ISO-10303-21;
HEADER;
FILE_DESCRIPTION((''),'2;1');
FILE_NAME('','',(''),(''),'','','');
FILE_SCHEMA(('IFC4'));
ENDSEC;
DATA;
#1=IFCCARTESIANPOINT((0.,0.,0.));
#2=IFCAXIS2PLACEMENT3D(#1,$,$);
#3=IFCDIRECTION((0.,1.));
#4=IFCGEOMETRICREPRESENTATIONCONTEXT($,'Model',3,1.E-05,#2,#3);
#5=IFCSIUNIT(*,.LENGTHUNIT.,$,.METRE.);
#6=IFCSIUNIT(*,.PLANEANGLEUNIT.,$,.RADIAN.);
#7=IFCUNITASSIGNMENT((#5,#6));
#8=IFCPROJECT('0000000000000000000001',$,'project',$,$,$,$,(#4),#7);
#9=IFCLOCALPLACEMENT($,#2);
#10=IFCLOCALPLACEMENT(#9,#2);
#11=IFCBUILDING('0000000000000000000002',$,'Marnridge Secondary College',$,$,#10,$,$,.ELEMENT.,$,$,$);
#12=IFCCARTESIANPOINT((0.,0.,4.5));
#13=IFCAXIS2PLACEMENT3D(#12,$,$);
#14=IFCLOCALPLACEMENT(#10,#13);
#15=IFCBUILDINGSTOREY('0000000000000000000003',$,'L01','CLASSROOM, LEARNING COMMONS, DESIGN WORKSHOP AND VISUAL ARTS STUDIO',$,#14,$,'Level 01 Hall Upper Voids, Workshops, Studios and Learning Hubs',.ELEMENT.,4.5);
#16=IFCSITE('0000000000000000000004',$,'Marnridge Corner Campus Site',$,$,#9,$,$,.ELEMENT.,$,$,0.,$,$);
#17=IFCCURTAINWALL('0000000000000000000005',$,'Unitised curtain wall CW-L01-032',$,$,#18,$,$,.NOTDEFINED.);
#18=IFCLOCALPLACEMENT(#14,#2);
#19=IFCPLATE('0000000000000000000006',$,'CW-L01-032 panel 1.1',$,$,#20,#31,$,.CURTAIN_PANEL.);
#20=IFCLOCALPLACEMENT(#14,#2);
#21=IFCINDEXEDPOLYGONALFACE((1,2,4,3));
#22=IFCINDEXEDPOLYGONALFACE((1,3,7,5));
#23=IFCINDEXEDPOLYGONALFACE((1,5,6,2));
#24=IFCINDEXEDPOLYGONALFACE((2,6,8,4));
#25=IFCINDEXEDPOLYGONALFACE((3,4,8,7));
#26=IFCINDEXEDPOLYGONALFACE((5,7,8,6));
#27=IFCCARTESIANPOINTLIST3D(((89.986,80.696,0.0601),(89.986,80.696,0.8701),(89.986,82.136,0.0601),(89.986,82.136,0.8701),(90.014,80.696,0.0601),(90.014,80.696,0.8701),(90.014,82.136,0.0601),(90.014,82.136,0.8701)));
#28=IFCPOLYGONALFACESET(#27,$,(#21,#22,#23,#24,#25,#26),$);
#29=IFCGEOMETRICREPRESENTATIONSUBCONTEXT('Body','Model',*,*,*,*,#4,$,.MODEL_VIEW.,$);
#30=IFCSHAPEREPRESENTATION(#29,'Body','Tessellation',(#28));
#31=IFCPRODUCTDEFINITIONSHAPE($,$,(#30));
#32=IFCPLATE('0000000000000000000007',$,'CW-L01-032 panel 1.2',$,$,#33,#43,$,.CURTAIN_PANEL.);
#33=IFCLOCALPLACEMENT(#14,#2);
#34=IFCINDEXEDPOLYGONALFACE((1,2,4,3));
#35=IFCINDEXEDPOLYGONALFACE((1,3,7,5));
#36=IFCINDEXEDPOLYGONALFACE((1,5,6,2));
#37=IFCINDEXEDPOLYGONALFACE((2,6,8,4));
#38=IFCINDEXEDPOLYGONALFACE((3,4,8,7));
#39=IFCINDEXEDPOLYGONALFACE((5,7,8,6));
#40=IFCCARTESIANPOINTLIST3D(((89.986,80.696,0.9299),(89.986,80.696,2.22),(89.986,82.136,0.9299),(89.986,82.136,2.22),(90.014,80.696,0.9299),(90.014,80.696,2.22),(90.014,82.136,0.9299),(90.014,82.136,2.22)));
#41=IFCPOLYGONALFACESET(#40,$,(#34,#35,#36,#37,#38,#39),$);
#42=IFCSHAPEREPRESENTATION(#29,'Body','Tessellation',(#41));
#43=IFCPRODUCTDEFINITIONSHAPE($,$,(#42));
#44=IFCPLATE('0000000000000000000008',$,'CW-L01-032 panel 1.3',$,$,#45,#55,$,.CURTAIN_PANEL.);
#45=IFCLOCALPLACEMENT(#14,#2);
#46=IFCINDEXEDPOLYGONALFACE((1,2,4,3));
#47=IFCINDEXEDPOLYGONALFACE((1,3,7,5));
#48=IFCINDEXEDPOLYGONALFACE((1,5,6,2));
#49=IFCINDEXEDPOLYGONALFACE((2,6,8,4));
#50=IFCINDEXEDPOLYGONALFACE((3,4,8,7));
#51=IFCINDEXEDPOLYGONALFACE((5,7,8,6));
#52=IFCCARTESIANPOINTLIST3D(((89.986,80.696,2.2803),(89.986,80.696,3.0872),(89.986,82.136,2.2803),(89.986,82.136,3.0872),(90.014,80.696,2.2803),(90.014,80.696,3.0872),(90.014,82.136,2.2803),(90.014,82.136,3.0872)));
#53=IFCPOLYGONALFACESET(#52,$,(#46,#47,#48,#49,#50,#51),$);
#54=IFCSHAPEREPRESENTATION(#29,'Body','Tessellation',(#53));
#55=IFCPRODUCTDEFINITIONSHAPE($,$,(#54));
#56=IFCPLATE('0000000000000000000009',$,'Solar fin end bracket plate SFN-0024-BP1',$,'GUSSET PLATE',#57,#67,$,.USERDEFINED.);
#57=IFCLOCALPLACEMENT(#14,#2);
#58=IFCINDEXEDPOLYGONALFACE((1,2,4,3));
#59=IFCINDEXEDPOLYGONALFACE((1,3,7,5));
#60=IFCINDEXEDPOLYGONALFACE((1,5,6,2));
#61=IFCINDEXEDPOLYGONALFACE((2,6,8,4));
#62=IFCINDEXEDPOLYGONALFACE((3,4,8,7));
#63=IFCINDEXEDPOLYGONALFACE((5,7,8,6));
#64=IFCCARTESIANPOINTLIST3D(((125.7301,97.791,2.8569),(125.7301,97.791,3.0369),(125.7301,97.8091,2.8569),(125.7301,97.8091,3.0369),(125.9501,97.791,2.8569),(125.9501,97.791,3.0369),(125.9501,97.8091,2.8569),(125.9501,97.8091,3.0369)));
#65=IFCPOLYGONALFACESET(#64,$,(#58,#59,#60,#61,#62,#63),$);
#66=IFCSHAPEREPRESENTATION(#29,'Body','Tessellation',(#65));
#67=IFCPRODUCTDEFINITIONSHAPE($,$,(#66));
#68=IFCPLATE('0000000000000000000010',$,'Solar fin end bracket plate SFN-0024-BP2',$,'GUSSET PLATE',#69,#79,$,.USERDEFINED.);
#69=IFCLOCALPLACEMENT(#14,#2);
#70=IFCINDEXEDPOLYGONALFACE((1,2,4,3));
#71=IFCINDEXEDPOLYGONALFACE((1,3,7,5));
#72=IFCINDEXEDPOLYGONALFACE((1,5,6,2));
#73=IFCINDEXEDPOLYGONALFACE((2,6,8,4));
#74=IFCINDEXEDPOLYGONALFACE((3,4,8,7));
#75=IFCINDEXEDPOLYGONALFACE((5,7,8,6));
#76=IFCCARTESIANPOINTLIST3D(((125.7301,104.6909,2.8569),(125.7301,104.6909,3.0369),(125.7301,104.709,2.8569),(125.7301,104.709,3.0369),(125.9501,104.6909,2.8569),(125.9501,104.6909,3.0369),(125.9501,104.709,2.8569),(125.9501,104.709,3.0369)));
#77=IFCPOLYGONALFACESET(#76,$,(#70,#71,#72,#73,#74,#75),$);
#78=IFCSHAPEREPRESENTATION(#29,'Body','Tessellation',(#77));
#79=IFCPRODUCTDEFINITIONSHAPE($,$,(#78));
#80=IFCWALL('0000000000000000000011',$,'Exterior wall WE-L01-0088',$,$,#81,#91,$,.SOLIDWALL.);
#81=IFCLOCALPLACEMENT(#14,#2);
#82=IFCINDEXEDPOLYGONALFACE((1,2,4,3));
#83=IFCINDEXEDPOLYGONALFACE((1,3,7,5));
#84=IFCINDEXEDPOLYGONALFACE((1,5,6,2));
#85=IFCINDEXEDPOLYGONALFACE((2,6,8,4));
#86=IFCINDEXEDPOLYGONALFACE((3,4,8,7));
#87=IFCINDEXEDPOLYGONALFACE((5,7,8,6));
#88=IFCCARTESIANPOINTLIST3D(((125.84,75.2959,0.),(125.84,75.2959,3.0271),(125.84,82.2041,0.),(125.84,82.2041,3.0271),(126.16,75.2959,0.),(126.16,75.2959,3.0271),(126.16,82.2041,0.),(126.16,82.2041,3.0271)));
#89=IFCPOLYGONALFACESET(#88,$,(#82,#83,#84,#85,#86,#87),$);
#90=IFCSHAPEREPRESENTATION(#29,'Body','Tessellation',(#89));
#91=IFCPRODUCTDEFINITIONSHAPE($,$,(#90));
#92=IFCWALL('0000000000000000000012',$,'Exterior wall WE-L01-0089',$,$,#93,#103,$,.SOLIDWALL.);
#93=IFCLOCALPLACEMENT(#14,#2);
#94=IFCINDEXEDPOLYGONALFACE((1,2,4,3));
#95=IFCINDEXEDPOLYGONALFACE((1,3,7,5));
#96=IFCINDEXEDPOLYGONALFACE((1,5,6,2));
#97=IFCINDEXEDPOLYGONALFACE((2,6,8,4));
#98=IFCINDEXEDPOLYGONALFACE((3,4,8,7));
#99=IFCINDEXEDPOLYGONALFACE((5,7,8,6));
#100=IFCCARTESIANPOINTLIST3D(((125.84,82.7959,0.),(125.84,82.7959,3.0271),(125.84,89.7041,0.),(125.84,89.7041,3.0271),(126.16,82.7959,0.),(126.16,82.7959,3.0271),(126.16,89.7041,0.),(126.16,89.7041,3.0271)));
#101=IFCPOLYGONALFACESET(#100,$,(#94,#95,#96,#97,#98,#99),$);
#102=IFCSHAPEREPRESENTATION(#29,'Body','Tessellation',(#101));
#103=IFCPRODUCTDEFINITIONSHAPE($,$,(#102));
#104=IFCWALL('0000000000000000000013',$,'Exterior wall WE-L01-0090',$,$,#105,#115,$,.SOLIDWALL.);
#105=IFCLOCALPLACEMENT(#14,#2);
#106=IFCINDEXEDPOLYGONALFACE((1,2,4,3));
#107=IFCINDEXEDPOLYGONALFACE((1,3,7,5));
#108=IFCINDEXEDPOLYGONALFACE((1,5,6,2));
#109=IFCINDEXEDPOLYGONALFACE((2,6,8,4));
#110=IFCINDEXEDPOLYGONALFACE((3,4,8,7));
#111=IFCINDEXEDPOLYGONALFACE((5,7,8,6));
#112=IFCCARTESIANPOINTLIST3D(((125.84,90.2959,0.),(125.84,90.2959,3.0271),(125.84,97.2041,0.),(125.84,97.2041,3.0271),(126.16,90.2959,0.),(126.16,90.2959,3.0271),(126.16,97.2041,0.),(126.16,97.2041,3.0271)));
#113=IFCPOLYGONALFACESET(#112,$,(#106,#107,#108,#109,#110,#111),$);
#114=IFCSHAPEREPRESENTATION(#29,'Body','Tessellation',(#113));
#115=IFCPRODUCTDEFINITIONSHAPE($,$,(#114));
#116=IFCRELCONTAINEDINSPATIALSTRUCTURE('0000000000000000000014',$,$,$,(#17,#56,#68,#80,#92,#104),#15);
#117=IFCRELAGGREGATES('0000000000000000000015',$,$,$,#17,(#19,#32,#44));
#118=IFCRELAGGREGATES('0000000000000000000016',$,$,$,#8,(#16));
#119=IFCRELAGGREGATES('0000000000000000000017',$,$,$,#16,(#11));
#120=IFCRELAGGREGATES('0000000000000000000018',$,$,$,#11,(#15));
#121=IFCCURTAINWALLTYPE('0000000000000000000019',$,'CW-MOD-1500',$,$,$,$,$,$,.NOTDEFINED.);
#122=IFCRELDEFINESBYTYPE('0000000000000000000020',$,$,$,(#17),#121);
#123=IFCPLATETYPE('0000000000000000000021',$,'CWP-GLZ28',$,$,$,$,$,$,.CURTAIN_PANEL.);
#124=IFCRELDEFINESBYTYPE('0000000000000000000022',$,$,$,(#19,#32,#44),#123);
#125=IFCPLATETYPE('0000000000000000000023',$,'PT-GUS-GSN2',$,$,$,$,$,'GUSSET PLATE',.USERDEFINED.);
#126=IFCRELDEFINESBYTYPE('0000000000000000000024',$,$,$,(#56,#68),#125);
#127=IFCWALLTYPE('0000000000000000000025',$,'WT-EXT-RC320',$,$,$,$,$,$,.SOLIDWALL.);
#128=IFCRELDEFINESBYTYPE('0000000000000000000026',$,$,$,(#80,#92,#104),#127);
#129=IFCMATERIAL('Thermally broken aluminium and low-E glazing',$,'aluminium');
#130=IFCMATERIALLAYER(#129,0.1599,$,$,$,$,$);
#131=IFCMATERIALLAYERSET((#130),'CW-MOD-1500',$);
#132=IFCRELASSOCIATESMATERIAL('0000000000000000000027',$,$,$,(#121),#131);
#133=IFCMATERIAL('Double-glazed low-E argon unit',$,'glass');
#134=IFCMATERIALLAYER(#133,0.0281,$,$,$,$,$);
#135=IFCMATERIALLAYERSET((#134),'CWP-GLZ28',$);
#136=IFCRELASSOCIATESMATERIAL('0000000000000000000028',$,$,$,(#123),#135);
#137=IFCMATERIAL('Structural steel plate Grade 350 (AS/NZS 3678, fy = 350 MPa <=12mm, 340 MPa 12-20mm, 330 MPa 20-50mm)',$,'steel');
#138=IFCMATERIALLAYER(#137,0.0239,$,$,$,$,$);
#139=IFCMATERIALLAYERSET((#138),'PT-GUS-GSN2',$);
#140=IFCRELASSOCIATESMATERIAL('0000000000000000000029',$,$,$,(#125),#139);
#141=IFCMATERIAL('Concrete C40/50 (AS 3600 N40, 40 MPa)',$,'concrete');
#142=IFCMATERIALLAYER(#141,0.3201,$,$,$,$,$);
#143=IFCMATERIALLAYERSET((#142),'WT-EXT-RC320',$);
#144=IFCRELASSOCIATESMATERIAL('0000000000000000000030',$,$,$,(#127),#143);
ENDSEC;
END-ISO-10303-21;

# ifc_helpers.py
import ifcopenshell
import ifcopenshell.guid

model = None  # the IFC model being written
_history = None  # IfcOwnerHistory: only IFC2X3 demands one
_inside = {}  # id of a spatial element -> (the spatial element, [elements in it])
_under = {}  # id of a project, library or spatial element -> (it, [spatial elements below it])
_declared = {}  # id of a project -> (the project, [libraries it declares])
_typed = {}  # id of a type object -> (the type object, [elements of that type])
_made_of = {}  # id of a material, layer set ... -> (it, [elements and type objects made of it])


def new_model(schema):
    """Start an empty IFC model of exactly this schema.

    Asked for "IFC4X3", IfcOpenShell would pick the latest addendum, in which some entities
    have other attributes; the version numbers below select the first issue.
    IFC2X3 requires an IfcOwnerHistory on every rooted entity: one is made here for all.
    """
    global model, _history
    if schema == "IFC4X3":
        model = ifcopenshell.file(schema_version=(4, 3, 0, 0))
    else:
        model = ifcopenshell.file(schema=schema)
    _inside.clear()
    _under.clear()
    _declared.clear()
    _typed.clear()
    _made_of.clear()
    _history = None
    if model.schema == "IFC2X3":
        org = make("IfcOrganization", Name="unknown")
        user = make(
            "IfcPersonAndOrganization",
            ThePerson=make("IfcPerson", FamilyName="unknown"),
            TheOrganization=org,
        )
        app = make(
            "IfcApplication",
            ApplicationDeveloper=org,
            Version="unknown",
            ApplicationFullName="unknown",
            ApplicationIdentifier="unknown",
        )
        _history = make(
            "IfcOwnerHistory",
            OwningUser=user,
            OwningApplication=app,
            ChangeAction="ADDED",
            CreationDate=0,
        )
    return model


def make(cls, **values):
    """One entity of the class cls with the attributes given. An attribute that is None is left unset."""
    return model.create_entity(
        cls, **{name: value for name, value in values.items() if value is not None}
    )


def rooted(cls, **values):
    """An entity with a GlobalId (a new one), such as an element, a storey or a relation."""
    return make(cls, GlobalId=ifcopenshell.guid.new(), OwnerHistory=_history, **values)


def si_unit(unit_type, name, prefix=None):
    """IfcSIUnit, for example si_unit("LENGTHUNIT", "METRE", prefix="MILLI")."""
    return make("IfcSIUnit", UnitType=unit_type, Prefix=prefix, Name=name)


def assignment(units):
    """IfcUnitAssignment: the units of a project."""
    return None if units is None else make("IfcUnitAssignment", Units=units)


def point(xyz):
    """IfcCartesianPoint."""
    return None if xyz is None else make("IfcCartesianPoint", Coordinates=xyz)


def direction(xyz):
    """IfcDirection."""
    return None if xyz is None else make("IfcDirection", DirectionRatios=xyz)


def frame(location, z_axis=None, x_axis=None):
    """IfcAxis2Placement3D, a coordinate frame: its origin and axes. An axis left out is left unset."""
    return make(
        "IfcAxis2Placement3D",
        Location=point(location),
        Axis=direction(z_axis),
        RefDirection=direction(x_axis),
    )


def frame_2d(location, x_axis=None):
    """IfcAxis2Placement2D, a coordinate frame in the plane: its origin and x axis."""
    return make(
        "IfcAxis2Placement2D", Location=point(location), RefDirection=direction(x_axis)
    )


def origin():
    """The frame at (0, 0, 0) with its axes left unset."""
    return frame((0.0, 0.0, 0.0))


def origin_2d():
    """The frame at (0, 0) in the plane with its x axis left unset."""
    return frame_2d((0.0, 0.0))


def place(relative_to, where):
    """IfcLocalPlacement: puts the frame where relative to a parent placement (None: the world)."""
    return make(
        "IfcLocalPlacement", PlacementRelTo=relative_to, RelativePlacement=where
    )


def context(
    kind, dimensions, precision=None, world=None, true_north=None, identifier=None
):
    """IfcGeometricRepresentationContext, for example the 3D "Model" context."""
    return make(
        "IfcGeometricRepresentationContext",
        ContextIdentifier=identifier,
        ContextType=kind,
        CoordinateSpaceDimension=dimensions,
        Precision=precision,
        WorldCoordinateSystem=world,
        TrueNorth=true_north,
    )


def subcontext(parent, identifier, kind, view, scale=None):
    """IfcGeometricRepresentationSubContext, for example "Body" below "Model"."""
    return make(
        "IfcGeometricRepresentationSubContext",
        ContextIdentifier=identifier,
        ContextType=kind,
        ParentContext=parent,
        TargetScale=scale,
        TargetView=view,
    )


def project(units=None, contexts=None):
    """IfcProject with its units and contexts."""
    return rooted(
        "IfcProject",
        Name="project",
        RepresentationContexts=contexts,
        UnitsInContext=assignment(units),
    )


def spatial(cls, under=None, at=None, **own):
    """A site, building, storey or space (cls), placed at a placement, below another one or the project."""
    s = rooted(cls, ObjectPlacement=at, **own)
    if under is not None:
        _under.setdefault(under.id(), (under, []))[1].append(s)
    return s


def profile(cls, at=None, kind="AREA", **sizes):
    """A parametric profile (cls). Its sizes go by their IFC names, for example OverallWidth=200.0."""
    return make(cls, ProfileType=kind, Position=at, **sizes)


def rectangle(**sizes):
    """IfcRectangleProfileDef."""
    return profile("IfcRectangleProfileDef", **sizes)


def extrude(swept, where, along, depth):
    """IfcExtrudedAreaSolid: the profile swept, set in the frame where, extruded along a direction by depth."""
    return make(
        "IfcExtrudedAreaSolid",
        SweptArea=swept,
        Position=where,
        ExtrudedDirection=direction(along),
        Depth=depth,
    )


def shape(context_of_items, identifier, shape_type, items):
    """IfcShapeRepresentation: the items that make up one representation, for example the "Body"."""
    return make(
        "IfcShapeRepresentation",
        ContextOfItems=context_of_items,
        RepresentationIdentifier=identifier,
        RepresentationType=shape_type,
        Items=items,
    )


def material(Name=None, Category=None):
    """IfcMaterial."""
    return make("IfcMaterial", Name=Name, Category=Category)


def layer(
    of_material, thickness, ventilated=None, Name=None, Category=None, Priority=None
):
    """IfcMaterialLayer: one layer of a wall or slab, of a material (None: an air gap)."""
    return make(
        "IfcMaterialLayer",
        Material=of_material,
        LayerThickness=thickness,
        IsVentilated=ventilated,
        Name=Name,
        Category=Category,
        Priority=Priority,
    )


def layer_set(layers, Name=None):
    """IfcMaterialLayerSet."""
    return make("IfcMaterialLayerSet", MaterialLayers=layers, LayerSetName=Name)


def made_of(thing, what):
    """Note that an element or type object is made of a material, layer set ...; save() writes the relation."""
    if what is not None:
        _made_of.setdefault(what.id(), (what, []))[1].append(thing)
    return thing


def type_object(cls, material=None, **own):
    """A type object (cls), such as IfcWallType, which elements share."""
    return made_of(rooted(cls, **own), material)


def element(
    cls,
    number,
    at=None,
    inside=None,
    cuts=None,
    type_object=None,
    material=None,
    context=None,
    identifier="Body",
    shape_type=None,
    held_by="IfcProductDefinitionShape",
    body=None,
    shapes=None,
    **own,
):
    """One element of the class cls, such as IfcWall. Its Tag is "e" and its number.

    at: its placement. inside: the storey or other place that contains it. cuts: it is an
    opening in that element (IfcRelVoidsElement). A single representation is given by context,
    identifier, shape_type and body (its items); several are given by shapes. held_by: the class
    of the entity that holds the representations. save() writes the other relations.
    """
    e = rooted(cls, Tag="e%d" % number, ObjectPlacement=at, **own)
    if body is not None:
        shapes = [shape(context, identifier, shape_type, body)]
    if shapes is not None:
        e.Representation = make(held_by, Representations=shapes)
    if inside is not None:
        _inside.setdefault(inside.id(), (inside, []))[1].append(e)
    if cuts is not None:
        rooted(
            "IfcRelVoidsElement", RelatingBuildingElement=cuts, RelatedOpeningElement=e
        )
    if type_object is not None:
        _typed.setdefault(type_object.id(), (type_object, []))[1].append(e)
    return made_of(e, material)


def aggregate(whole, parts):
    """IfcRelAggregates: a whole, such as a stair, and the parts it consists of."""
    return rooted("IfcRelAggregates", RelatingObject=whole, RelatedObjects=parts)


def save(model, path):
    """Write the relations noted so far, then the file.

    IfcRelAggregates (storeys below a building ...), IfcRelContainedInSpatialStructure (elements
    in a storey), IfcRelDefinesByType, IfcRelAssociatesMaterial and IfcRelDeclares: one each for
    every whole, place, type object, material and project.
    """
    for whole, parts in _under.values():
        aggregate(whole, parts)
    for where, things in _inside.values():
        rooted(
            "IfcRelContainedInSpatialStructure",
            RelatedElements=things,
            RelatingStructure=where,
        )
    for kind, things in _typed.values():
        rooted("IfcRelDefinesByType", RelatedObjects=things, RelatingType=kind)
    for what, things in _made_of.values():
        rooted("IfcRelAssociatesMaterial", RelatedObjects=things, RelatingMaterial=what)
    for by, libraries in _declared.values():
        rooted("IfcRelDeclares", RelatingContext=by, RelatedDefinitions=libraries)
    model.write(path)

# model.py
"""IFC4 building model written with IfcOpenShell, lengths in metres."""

from ifc_helpers import new_model, si_unit, direction, frame, frame_2d, origin, origin_2d, place, context, subcontext, project, spatial, rectangle, extrude, material, layer, layer_set, type_object, element, aggregate, save


model = new_model("IFC4")

# Units and contexts
model_context = context("Model", 3, precision=1e-05, world=origin(), true_north=direction((0.0, 1.0)))
body_context = subcontext(model_context, "Body", "Model", "MODEL_VIEW")
ifc_project = project(units=[si_unit("LENGTHUNIT", "METRE"), si_unit("PLANEANGLEUNIT", "RADIAN")], contexts=[model_context])

# Site, building, storey
site_placement = place(None, origin())
site = spatial("IfcSite", under=ifc_project, at=site_placement, Name="Marnridge Corner Campus Site", CompositionType="ELEMENT", RefElevation=0.0)
building_placement = place(site_placement, origin())
building = spatial("IfcBuilding", under=site, at=building_placement, Name="Marnridge Secondary College", CompositionType="ELEMENT")
storey_placement = place(building_placement, frame((0.0, 0.0, 4.5)))
storey = spatial("IfcBuildingStorey", under=building, at=storey_placement, Name="L01", Description="CLASSROOM, LEARNING COMMONS, DESIGN WORKSHOP AND VISUAL ARTS STUDIO", LongName="Level 01 Hall Upper Voids, Workshops, Studios and Learning Hubs", CompositionType="ELEMENT", Elevation=4.5)

# Curtain wall
ifc_material_1 = material(Name="Thermally broken aluminium and low-E glazing", Category="aluminium")
ifc_layer_1 = layer(ifc_material_1, 0.1599)
ifc_layer_set_1 = layer_set([ifc_layer_1], Name="CW-MOD-1500")
curtain_wall_type = type_object("IfcCurtainWallType", Name="CW-MOD-1500", PredefinedType="NOTDEFINED", material=ifc_layer_set_1)
curtain_wall_placement = place(storey_placement, origin())
curtain_wall = element("IfcCurtainWall", 1, at=curtain_wall_placement, inside=storey, type_object=curtain_wall_type, Name="Unitised curtain wall CW-L01-032", PredefinedType="NOTDEFINED")

# Plates
ifc_material_2 = material(Name="Double-glazed low-E argon unit", Category="glass")
ifc_layer_2 = layer(ifc_material_2, 0.0281)
ifc_layer_set_2 = layer_set([ifc_layer_2], Name="CWP-GLZ28")
plate_type_1 = type_object("IfcPlateType", Name="CWP-GLZ28", PredefinedType="CURTAIN_PANEL", material=ifc_layer_set_2)
plate_1_placement = place(storey_placement, frame((90.0, 81.416, 0.0601), z_axis=(0.0, 0.0, 1.0), x_axis=(0.0, -1.0, 0.0)))
plate_1 = element("IfcPlate", 2, at=plate_1_placement, type_object=plate_type_1, Name="CW-L01-032 panel 1.1", PredefinedType="CURTAIN_PANEL", context=body_context, shape_type="SweptSolid", body=[
    extrude(rectangle(XDim=1.4399, YDim=0.0281, at=origin_2d()), origin(), (0.0, 0.0, 1.0), 0.8101),
])
plate_2_placement = place(storey_placement, frame((90.0, 81.416, 0.9299), z_axis=(0.0, 0.0, 1.0), x_axis=(0.0, -1.0, 0.0)))
plate_2 = element("IfcPlate", 3, at=plate_2_placement, type_object=plate_type_1, Name="CW-L01-032 panel 1.2", PredefinedType="CURTAIN_PANEL", context=body_context, shape_type="SweptSolid", body=[
    extrude(rectangle(XDim=1.4399, YDim=0.0281, at=origin_2d()), origin(), (0.0, 0.0, 1.0), 1.29),
])
plate_3_placement = place(storey_placement, frame((90.0, 81.416, 2.2803), z_axis=(0.0, 0.0, 1.0), x_axis=(0.0, -1.0, 0.0)))
plate_3 = element("IfcPlate", 4, at=plate_3_placement, type_object=plate_type_1, Name="CW-L01-032 panel 1.3", PredefinedType="CURTAIN_PANEL", context=body_context, shape_type="SweptSolid", body=[
    extrude(rectangle(XDim=1.4399, YDim=0.0281, at=origin_2d()), origin(), (0.0, 0.0, 1.0), 0.8069),
])
aggregate(curtain_wall, [plate_1, plate_2, plate_3])

# Plates
ifc_material_3 = material(Name="Structural steel plate Grade 350 (AS/NZS 3678, fy = 350 MPa <=12mm, 340 MPa 12-20mm, 330 MPa 20-50mm)", Category="steel")
ifc_layer_3 = layer(ifc_material_3, 0.0239)
ifc_layer_set_3 = layer_set([ifc_layer_3], Name="PT-GUS-GSN2")
plate_type_2 = type_object("IfcPlateType", Name="PT-GUS-GSN2", ElementType="GUSSET PLATE", PredefinedType="USERDEFINED", material=ifc_layer_set_3)
for number, where, z_axis, x_axis, name in (
    (5, (125.8401, 97.8, 2.8569), (0.0, 0.0, 1.0), (1.0, 0.0, 0.0), "Solar fin end bracket plate SFN-0024-BP1"),
    (6, (125.8401, 104.7, 2.8569), (0.0, 0.0, 1.0), (1.0, 0.0, 0.0), "Solar fin end bracket plate SFN-0024-BP2"),
):
    element("IfcPlate", number, at=place(storey_placement, frame(where, z_axis=z_axis, x_axis=x_axis)), inside=storey, type_object=plate_type_2, Name=name, ObjectType="GUSSET PLATE", PredefinedType="USERDEFINED", context=body_context, shape_type="SweptSolid", body=[
        extrude(rectangle(XDim=0.22, YDim=0.0181, at=origin_2d()), origin(), (0.0, 0.0, 1.0), 0.1799),
    ])

# Walls
ifc_material_4 = material(Name="Concrete C40/50 (AS 3600 N40, 40 MPa)", Category="concrete")
ifc_layer_4 = layer(ifc_material_4, 0.3201)
ifc_layer_set_4 = layer_set([ifc_layer_4], Name="WT-EXT-RC320")
wall_type = type_object("IfcWallType", Name="WT-EXT-RC320", PredefinedType="SOLIDWALL", material=ifc_layer_set_4)
for number, where, z_axis, x_axis, name in (
    (7, (126.0, 75.2959, 0.0), (0.0, 0.0, 1.0), (0.0, 1.0, 0.0), "Exterior wall WE-L01-0088"),
    (8, (126.0, 82.7959, 0.0), (0.0, 0.0, 1.0), (0.0, 1.0, 0.0), "Exterior wall WE-L01-0089"),
    (9, (126.0, 90.2959, 0.0), (0.0, 0.0, 1.0), (0.0, 1.0, 0.0), "Exterior wall WE-L01-0090"),
):
    element("IfcWall", number, at=place(storey_placement, frame(where, z_axis=z_axis, x_axis=x_axis)), inside=storey, type_object=wall_type, Name=name, PredefinedType="SOLIDWALL", context=body_context, shape_type="SweptSolid", body=[
        extrude(rectangle(XDim=6.9082, YDim=0.3201, at=frame_2d((3.4541, 0.0))), origin(), (0.0, 0.0, 1.0), 3.0271),
    ])

save(model, "model.ifc")
